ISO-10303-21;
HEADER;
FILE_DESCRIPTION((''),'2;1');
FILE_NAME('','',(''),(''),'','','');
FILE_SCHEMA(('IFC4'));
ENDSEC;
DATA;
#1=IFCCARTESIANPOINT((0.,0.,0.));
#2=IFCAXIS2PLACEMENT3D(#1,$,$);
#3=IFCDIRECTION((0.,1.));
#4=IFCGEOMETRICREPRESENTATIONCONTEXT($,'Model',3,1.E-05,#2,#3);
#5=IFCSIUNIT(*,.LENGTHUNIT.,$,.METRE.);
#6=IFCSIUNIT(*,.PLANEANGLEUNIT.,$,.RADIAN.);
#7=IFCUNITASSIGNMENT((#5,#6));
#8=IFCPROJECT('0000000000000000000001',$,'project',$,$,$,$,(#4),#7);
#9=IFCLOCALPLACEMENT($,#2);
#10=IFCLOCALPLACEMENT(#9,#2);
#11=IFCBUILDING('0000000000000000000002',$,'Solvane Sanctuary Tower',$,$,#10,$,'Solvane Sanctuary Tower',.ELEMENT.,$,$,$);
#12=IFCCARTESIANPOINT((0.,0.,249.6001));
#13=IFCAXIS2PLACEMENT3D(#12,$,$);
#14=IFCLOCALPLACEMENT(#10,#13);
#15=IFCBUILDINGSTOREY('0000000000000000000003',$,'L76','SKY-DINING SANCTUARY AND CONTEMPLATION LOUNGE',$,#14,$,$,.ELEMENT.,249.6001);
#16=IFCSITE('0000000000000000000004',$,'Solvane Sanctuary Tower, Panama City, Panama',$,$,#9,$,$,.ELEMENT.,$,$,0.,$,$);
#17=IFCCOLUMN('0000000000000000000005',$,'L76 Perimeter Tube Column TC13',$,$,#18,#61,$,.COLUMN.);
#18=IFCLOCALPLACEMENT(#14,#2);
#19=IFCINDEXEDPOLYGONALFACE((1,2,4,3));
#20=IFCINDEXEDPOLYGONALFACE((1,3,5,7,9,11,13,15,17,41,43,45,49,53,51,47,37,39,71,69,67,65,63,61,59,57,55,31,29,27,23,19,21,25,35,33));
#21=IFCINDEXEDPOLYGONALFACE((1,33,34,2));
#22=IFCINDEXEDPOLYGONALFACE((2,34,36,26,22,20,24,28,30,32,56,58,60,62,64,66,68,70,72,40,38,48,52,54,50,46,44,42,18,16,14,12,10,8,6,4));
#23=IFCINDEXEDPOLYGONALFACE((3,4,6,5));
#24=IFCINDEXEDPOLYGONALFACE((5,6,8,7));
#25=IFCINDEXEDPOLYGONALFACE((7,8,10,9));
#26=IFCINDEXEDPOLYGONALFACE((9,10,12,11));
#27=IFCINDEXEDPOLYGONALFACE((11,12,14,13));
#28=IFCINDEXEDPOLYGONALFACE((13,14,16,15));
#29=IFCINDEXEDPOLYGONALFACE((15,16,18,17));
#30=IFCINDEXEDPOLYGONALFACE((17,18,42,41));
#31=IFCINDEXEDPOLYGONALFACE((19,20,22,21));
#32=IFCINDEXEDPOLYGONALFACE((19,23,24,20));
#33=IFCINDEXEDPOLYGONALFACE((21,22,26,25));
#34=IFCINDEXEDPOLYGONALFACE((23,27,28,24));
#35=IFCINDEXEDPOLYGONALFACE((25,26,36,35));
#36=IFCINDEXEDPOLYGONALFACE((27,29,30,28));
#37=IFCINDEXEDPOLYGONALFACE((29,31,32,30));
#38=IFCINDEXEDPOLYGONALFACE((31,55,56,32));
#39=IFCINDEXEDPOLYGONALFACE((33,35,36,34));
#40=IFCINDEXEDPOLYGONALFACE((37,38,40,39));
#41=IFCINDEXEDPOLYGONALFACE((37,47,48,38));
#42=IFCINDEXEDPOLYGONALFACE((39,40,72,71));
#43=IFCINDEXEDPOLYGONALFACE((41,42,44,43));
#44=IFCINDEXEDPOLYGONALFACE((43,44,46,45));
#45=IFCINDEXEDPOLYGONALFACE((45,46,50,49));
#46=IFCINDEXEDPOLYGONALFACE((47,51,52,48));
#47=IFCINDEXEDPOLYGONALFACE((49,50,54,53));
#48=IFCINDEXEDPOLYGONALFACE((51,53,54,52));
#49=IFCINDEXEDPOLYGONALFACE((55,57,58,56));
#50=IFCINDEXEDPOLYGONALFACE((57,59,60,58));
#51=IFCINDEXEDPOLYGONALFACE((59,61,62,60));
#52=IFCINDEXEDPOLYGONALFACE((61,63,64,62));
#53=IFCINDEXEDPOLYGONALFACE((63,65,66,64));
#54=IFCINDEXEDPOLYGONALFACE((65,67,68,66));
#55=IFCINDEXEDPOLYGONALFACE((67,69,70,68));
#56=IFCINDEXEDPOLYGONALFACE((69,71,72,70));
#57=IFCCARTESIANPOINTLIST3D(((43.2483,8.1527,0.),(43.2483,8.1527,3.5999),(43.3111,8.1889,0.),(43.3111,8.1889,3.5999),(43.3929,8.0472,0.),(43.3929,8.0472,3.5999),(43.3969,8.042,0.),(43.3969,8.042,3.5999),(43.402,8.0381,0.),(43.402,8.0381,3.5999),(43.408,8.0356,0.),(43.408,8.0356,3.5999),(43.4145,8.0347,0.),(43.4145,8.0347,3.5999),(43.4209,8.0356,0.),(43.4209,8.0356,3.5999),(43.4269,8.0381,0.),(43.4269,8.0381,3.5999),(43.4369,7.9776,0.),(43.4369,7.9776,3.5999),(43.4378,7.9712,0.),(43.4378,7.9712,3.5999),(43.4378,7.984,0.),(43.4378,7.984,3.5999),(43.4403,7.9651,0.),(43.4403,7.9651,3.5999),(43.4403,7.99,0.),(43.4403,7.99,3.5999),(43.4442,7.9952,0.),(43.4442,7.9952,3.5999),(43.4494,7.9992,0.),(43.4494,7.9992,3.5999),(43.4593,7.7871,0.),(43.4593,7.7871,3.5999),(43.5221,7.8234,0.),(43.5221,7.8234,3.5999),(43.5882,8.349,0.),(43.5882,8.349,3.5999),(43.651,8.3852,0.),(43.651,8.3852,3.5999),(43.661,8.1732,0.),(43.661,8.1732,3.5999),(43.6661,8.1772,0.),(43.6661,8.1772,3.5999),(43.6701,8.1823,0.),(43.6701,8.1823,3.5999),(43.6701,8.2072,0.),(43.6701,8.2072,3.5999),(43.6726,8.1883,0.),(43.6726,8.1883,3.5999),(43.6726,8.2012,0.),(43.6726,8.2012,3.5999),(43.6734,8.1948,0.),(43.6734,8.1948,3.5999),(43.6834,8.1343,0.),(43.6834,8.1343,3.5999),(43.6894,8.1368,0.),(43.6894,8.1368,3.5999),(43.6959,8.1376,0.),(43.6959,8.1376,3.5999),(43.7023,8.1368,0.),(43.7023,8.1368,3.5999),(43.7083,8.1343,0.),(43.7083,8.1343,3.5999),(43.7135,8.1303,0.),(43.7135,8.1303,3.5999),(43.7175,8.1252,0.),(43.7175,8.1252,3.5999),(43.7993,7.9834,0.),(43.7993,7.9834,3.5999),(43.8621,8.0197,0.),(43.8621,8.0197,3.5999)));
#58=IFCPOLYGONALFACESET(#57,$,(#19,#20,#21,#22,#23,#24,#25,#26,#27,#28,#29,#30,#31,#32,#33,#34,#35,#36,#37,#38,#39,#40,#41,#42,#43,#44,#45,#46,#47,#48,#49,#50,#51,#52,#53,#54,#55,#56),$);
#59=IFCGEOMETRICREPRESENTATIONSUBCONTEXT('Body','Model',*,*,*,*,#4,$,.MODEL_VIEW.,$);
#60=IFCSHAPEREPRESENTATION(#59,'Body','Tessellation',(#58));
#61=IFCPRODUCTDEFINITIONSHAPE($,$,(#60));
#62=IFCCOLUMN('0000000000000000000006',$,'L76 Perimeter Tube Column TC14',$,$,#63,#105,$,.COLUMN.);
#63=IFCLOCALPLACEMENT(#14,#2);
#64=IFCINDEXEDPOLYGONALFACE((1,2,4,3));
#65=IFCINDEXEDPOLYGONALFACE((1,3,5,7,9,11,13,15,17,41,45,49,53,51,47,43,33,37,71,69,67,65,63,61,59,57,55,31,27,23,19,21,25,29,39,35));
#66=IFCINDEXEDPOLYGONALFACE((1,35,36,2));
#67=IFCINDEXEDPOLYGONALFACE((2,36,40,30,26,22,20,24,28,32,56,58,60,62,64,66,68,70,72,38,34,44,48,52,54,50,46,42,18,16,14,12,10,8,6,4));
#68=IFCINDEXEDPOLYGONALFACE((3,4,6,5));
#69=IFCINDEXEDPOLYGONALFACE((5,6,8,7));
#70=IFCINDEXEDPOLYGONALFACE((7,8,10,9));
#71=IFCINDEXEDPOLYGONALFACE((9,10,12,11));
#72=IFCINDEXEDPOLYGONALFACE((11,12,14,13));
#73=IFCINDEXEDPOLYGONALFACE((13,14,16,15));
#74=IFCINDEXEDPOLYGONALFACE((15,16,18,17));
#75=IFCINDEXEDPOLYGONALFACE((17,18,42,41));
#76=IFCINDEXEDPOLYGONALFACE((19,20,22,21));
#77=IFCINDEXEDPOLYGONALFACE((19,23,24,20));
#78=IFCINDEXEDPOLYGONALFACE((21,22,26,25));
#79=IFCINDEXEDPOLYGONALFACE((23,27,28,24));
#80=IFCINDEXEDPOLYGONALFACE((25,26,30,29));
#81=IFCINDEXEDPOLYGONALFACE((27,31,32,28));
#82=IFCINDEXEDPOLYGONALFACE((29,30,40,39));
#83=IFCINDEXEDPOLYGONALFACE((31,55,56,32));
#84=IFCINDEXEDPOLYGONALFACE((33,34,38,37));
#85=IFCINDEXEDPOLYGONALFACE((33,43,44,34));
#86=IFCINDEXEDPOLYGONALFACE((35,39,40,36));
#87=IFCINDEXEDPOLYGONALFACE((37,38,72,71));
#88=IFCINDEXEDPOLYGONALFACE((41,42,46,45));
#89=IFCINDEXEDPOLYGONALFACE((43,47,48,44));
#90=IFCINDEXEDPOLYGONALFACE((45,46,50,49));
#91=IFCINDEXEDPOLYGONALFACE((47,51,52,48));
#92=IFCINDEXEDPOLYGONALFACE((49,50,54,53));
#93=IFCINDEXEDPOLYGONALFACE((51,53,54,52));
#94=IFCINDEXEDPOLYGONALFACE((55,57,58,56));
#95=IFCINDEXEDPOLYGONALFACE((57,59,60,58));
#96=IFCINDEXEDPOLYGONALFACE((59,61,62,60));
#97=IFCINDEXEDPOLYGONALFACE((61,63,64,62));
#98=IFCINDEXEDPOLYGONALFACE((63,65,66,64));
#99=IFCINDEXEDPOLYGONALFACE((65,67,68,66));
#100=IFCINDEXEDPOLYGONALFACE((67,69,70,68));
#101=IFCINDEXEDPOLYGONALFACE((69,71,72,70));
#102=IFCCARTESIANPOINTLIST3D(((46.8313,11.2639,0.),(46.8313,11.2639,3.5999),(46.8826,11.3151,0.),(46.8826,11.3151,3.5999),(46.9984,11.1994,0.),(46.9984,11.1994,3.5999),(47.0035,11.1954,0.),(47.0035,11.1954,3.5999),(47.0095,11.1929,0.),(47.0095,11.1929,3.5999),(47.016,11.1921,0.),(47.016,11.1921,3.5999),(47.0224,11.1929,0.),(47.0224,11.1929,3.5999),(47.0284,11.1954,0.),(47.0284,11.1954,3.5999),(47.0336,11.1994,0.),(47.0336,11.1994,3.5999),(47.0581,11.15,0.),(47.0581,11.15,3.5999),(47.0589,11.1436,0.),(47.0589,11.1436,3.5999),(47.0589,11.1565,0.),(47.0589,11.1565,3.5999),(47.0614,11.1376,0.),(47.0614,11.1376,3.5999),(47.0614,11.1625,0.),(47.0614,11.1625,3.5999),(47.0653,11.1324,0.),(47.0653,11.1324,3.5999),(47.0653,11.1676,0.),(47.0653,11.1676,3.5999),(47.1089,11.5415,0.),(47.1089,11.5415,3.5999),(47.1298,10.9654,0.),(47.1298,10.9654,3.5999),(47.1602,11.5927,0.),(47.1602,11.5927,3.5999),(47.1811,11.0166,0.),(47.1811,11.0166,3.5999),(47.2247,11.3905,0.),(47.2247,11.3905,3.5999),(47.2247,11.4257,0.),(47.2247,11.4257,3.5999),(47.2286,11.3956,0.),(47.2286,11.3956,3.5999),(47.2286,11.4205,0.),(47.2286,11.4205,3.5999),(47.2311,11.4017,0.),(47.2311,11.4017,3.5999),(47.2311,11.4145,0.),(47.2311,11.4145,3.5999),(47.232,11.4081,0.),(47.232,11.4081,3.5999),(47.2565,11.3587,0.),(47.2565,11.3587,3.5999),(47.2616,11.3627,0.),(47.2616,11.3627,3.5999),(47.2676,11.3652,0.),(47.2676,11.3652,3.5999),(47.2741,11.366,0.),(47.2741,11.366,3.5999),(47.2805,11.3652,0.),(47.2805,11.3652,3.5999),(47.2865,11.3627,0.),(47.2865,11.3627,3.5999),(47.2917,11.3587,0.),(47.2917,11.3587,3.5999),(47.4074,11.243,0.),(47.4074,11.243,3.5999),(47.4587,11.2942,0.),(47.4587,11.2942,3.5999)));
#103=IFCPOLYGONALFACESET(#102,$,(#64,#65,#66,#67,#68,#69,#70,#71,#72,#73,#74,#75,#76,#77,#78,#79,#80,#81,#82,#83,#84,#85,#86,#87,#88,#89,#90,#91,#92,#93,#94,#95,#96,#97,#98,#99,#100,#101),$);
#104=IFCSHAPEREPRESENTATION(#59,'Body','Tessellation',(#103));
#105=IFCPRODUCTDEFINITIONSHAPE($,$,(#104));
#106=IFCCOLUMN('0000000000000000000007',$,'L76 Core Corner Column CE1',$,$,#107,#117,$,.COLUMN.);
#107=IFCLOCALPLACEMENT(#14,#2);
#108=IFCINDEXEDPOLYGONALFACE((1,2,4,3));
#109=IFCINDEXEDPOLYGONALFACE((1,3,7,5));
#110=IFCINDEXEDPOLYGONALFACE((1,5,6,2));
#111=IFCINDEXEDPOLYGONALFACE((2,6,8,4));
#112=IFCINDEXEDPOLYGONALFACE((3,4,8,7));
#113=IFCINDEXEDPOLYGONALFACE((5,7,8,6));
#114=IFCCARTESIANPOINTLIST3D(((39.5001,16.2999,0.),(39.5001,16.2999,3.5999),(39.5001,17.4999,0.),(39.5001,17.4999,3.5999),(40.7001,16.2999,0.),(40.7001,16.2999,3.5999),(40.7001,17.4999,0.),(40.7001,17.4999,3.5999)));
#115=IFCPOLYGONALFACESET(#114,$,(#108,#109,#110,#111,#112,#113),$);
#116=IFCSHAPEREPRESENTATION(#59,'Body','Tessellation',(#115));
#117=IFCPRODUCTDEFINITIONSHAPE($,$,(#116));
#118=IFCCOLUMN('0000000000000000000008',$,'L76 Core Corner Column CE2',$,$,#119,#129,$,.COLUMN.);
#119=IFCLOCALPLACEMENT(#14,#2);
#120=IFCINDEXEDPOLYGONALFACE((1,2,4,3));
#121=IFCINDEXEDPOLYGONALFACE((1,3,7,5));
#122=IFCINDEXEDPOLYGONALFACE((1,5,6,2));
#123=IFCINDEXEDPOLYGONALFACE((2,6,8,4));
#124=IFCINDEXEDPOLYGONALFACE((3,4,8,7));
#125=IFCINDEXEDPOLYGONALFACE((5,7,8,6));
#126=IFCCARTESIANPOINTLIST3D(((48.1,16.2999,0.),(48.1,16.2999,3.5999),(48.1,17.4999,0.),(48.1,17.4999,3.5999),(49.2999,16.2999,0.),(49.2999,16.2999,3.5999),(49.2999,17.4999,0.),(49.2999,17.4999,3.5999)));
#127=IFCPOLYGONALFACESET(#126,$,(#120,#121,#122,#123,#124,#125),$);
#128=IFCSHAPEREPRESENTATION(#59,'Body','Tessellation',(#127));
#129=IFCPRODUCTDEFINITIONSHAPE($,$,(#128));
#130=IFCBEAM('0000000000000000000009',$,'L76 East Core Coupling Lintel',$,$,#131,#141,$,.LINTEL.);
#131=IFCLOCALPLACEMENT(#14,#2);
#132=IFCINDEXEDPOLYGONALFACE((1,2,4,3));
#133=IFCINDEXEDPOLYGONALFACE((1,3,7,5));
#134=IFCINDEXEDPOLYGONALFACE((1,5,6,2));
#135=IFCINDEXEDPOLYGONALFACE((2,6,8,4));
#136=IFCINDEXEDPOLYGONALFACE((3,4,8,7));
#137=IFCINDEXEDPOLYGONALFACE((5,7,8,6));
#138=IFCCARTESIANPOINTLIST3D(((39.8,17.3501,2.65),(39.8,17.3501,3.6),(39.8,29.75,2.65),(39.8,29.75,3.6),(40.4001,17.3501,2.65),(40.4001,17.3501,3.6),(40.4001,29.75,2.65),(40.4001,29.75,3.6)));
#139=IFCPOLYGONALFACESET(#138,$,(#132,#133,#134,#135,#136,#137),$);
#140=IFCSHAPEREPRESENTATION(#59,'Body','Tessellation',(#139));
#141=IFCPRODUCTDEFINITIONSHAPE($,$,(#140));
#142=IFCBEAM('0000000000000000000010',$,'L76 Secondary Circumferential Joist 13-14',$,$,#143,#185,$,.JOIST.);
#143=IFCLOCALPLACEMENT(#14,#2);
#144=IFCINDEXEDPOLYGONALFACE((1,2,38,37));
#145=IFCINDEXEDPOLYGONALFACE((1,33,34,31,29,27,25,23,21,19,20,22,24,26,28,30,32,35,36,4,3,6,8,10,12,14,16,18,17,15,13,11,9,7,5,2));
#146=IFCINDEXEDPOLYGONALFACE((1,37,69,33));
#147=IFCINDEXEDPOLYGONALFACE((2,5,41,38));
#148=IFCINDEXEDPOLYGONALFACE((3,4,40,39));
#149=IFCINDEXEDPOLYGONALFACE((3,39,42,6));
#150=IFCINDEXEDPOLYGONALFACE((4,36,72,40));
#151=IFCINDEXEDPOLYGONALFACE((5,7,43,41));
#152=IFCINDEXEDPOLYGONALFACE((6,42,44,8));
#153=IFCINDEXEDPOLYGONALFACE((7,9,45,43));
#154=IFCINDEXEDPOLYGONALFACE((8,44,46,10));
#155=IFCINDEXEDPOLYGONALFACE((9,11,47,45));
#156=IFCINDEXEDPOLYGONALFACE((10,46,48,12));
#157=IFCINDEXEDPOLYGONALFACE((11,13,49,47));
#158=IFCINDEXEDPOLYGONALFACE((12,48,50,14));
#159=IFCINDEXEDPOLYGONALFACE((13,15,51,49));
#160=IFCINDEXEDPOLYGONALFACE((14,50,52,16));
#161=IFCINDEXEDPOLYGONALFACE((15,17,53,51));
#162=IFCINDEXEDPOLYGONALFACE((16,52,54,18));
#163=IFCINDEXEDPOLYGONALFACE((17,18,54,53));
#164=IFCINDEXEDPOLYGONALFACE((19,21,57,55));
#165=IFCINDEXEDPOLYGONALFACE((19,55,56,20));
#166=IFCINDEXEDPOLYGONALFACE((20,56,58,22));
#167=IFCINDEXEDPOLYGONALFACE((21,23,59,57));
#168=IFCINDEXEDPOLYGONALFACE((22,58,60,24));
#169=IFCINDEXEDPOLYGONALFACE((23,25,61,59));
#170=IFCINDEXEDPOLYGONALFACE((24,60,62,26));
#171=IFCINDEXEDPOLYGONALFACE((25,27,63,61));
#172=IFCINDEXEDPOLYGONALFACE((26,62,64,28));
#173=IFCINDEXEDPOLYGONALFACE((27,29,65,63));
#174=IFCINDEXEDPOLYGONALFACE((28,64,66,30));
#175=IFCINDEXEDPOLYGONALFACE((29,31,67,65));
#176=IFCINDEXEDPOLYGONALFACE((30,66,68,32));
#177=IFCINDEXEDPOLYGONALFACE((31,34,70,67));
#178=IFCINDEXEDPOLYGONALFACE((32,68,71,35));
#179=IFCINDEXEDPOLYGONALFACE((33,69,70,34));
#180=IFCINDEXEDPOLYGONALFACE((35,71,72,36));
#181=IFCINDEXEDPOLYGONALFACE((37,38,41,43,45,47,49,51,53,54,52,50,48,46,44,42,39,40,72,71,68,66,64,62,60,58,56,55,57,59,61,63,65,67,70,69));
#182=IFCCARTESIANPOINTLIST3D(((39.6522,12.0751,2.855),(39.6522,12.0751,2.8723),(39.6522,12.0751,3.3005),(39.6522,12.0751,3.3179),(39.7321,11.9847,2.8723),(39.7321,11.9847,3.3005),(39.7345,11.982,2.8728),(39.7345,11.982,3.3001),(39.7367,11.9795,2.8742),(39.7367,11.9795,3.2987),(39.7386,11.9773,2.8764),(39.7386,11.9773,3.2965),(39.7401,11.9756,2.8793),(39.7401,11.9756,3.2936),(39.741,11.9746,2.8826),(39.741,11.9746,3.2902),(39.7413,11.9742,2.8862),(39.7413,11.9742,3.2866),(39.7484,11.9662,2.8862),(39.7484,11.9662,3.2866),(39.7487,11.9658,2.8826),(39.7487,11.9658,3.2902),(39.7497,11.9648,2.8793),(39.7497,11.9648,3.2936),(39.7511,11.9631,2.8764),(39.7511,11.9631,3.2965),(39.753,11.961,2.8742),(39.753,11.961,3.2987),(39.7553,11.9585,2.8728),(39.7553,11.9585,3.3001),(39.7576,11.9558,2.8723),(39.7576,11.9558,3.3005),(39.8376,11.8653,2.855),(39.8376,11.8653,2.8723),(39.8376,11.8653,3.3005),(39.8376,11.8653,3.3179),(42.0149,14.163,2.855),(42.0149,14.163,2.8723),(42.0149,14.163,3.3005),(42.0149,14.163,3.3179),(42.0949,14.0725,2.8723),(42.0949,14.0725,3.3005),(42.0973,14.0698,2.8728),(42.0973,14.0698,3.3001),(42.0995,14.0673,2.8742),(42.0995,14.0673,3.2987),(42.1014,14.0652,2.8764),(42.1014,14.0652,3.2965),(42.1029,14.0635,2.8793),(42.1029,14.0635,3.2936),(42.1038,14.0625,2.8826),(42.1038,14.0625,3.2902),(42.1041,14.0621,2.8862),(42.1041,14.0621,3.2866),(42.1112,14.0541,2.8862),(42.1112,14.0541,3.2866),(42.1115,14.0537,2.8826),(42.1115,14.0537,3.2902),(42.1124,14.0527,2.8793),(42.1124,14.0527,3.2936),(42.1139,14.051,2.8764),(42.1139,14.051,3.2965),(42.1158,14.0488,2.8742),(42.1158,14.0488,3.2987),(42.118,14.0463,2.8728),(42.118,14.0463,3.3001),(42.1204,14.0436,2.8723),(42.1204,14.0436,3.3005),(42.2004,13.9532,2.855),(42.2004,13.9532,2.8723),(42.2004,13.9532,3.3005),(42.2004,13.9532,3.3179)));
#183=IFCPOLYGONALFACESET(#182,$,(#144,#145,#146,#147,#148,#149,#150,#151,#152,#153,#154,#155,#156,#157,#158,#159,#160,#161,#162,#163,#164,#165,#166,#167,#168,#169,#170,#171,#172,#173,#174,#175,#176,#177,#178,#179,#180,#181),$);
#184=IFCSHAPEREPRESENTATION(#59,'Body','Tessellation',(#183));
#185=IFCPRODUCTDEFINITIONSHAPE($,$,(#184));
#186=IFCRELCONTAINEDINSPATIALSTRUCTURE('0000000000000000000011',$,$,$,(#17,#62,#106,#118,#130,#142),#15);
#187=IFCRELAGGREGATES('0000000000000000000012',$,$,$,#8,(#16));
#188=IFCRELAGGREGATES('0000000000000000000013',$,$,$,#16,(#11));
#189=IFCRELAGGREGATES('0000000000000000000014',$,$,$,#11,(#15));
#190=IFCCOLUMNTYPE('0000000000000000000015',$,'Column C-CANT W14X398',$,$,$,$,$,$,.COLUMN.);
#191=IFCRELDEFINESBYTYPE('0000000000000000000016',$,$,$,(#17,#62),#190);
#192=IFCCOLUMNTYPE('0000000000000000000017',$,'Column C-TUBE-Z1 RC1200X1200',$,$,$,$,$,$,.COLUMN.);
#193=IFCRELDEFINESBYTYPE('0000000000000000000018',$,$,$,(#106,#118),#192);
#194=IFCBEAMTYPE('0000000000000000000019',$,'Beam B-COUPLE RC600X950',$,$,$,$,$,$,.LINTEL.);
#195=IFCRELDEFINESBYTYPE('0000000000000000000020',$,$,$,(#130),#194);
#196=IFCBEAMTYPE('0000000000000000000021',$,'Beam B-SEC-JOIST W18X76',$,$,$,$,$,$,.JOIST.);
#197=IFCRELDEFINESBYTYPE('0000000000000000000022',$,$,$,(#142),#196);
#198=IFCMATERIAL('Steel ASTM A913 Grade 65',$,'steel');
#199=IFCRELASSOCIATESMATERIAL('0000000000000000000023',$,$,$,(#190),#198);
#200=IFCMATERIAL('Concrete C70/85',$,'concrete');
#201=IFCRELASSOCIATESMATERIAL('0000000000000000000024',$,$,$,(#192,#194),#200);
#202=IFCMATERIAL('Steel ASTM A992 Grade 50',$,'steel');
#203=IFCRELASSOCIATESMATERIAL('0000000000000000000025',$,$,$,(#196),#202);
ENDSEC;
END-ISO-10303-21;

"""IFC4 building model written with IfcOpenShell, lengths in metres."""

from ifc_helpers import new_model, si_unit, direction, frame, origin, origin_2d, place, context, subcontext, project, spatial, rectangle, i_section, extrude, material, material_profile, profile_set, type_object, element, save


model = new_model("IFC4")

# Units and contexts
model_context = context("Model", 3, precision=1e-05, world=origin(), true_north=direction((0.0, 1.0)))
body_context = subcontext(model_context, "Body", "Model", "MODEL_VIEW")
ifc_project = project(units=[si_unit("LENGTHUNIT", "METRE"), si_unit("PLANEANGLEUNIT", "RADIAN")], contexts=[model_context])

# Site, building, storey
site_placement = place(None, origin())
site = spatial("IfcSite", under=ifc_project, at=site_placement, Name="Solvane Sanctuary Tower, Panama City, Panama", CompositionType="ELEMENT", RefElevation=0.0)
building_placement = place(site_placement, origin())
building = spatial("IfcBuilding", under=site, at=building_placement, Name="Solvane Sanctuary Tower", LongName="Solvane Sanctuary Tower", CompositionType="ELEMENT")
storey_placement = place(building_placement, frame((0.0, 0.0, 249.6001)))
storey = spatial("IfcBuildingStorey", under=building, at=storey_placement, Name="L76", Description="SKY-DINING SANCTUARY AND CONTEMPLATION LOUNGE", CompositionType="ELEMENT", Elevation=249.6001)

# Columns
ifc_material_1 = material(Name="Steel ASTM A913 Grade 65", Category="steel")
ifc_material_profile_1 = material_profile(ifc_material_1, i_section(OverallWidth=0.4221, OverallDepth=0.4651, WebThickness=0.0449, FlangeThickness=0.0725, FilletRadius=0.0249, at=origin_2d()), Name="W14X398")
ifc_profile_set_1 = profile_set([ifc_material_profile_1], Name="Steel ASTM A913 Grade 65")
column_type_1 = type_object("IfcColumnType", Name="Column C-CANT W14X398", PredefinedType="COLUMN", material=ifc_profile_set_1)
for number, where, z_axis, x_axis, name in (
    (1, (43.5552, 8.0862, 0.0), (0.0, 0.0, 1.0), (0.5, -0.866025, 0.0), "L76 Perimeter Tube Column TC13"),
    (2, (47.145, 11.2791, 0.0), (0.0, 0.0, 1.0), (0.707107, -0.707107, 0.0), "L76 Perimeter Tube Column TC14"),
):
    element("IfcColumn", number, at=place(storey_placement, frame(where, z_axis=z_axis, x_axis=x_axis)), inside=storey, type_object=column_type_1, Name=name, PredefinedType="COLUMN", context=body_context, shape_type="SweptSolid", body=[
        extrude(i_section(OverallWidth=0.4221, OverallDepth=0.4651, WebThickness=0.0449, FlangeThickness=0.0725, FilletRadius=0.0249, at=origin_2d()), origin(), (0.0, 0.0, 1.0), 3.5999),
    ])
ifc_material_2 = material(Name="Concrete C70/85", Category="concrete")
ifc_material_profile_2 = material_profile(ifc_material_2, rectangle(XDim=1.2, YDim=1.2, at=origin_2d()), Name="RC1200X1200")
ifc_profile_set_2 = profile_set([ifc_material_profile_2], Name="Concrete C70/85")
column_type_2 = type_object("IfcColumnType", Name="Column C-TUBE-Z1 RC1200X1200", PredefinedType="COLUMN", material=ifc_profile_set_2)
for number, where, z_axis, x_axis, name in (
    (3, (40.1001, 16.8999, 0.0), (0.0, 0.0, 1.0), (1.0, 0.0, 0.0), "L76 Core Corner Column CE1"),
    (4, (48.7, 16.8999, 0.0), (0.0, 0.0, 1.0), (1.0, 0.0, 0.0), "L76 Core Corner Column CE2"),
):
    element("IfcColumn", number, at=place(storey_placement, frame(where, z_axis=z_axis, x_axis=x_axis)), inside=storey, type_object=column_type_2, Name=name, PredefinedType="COLUMN", context=body_context, shape_type="SweptSolid", body=[
        extrude(rectangle(XDim=1.2, YDim=1.2, at=origin_2d()), origin(), (0.0, 0.0, 1.0), 3.5999),
    ])

# Beams
ifc_material_profile_3 = material_profile(ifc_material_2, rectangle(XDim=0.6001, YDim=0.95, at=origin_2d()), Name="RC600X950")
ifc_profile_set_3 = profile_set([ifc_material_profile_3], Name="Concrete C70/85")
beam_type_1 = type_object("IfcBeamType", Name="Beam B-COUPLE RC600X950", PredefinedType="LINTEL", material=ifc_profile_set_3)
beam_1_placement = place(storey_placement, frame((40.1001, 17.3501, 3.125), z_axis=(0.0, 1.0, 0.0), x_axis=(-1.0, 0.0, 0.0)))
element("IfcBeam", 5, at=beam_1_placement, inside=storey, type_object=beam_type_1, Name="L76 East Core Coupling Lintel", PredefinedType="LINTEL", context=body_context, shape_type="SweptSolid", body=[
    extrude(rectangle(XDim=0.6001, YDim=0.95, at=origin_2d()), origin(), (0.0, 0.0, 1.0), 12.3999),
])
ifc_material_3 = material(Name="Steel ASTM A992 Grade 50", Category="steel")
ifc_material_profile_4 = material_profile(ifc_material_3, i_section(OverallWidth=0.28, OverallDepth=0.4629, WebThickness=0.0107, FlangeThickness=0.0173, FilletRadius=0.0139, at=origin_2d()), Name="W18X76")
ifc_profile_set_4 = profile_set([ifc_material_profile_4], Name="Steel ASTM A992 Grade 50")
beam_type_2 = type_object("IfcBeamType", Name="Beam B-SEC-JOIST W18X76", PredefinedType="JOIST", material=ifc_profile_set_4)
beam_2_placement = place(storey_placement, frame((39.7449, 11.9702, 3.0864), z_axis=(0.749354, 0.662169, 0.0), x_axis=(-0.662169, 0.749354, 0.0)))
element("IfcBeam", 6, at=beam_2_placement, inside=storey, type_object=beam_type_2, Name="L76 Secondary Circumferential Joist 13-14", PredefinedType="JOIST", context=body_context, shape_type="SweptSolid", body=[
    extrude(i_section(OverallWidth=0.28, OverallDepth=0.4629, WebThickness=0.0107, FlangeThickness=0.0173, FilletRadius=0.0139, at=origin_2d()), origin(), (0.0, 0.0, 1.0), 3.1531),
])

save(model, "model.ifc")
